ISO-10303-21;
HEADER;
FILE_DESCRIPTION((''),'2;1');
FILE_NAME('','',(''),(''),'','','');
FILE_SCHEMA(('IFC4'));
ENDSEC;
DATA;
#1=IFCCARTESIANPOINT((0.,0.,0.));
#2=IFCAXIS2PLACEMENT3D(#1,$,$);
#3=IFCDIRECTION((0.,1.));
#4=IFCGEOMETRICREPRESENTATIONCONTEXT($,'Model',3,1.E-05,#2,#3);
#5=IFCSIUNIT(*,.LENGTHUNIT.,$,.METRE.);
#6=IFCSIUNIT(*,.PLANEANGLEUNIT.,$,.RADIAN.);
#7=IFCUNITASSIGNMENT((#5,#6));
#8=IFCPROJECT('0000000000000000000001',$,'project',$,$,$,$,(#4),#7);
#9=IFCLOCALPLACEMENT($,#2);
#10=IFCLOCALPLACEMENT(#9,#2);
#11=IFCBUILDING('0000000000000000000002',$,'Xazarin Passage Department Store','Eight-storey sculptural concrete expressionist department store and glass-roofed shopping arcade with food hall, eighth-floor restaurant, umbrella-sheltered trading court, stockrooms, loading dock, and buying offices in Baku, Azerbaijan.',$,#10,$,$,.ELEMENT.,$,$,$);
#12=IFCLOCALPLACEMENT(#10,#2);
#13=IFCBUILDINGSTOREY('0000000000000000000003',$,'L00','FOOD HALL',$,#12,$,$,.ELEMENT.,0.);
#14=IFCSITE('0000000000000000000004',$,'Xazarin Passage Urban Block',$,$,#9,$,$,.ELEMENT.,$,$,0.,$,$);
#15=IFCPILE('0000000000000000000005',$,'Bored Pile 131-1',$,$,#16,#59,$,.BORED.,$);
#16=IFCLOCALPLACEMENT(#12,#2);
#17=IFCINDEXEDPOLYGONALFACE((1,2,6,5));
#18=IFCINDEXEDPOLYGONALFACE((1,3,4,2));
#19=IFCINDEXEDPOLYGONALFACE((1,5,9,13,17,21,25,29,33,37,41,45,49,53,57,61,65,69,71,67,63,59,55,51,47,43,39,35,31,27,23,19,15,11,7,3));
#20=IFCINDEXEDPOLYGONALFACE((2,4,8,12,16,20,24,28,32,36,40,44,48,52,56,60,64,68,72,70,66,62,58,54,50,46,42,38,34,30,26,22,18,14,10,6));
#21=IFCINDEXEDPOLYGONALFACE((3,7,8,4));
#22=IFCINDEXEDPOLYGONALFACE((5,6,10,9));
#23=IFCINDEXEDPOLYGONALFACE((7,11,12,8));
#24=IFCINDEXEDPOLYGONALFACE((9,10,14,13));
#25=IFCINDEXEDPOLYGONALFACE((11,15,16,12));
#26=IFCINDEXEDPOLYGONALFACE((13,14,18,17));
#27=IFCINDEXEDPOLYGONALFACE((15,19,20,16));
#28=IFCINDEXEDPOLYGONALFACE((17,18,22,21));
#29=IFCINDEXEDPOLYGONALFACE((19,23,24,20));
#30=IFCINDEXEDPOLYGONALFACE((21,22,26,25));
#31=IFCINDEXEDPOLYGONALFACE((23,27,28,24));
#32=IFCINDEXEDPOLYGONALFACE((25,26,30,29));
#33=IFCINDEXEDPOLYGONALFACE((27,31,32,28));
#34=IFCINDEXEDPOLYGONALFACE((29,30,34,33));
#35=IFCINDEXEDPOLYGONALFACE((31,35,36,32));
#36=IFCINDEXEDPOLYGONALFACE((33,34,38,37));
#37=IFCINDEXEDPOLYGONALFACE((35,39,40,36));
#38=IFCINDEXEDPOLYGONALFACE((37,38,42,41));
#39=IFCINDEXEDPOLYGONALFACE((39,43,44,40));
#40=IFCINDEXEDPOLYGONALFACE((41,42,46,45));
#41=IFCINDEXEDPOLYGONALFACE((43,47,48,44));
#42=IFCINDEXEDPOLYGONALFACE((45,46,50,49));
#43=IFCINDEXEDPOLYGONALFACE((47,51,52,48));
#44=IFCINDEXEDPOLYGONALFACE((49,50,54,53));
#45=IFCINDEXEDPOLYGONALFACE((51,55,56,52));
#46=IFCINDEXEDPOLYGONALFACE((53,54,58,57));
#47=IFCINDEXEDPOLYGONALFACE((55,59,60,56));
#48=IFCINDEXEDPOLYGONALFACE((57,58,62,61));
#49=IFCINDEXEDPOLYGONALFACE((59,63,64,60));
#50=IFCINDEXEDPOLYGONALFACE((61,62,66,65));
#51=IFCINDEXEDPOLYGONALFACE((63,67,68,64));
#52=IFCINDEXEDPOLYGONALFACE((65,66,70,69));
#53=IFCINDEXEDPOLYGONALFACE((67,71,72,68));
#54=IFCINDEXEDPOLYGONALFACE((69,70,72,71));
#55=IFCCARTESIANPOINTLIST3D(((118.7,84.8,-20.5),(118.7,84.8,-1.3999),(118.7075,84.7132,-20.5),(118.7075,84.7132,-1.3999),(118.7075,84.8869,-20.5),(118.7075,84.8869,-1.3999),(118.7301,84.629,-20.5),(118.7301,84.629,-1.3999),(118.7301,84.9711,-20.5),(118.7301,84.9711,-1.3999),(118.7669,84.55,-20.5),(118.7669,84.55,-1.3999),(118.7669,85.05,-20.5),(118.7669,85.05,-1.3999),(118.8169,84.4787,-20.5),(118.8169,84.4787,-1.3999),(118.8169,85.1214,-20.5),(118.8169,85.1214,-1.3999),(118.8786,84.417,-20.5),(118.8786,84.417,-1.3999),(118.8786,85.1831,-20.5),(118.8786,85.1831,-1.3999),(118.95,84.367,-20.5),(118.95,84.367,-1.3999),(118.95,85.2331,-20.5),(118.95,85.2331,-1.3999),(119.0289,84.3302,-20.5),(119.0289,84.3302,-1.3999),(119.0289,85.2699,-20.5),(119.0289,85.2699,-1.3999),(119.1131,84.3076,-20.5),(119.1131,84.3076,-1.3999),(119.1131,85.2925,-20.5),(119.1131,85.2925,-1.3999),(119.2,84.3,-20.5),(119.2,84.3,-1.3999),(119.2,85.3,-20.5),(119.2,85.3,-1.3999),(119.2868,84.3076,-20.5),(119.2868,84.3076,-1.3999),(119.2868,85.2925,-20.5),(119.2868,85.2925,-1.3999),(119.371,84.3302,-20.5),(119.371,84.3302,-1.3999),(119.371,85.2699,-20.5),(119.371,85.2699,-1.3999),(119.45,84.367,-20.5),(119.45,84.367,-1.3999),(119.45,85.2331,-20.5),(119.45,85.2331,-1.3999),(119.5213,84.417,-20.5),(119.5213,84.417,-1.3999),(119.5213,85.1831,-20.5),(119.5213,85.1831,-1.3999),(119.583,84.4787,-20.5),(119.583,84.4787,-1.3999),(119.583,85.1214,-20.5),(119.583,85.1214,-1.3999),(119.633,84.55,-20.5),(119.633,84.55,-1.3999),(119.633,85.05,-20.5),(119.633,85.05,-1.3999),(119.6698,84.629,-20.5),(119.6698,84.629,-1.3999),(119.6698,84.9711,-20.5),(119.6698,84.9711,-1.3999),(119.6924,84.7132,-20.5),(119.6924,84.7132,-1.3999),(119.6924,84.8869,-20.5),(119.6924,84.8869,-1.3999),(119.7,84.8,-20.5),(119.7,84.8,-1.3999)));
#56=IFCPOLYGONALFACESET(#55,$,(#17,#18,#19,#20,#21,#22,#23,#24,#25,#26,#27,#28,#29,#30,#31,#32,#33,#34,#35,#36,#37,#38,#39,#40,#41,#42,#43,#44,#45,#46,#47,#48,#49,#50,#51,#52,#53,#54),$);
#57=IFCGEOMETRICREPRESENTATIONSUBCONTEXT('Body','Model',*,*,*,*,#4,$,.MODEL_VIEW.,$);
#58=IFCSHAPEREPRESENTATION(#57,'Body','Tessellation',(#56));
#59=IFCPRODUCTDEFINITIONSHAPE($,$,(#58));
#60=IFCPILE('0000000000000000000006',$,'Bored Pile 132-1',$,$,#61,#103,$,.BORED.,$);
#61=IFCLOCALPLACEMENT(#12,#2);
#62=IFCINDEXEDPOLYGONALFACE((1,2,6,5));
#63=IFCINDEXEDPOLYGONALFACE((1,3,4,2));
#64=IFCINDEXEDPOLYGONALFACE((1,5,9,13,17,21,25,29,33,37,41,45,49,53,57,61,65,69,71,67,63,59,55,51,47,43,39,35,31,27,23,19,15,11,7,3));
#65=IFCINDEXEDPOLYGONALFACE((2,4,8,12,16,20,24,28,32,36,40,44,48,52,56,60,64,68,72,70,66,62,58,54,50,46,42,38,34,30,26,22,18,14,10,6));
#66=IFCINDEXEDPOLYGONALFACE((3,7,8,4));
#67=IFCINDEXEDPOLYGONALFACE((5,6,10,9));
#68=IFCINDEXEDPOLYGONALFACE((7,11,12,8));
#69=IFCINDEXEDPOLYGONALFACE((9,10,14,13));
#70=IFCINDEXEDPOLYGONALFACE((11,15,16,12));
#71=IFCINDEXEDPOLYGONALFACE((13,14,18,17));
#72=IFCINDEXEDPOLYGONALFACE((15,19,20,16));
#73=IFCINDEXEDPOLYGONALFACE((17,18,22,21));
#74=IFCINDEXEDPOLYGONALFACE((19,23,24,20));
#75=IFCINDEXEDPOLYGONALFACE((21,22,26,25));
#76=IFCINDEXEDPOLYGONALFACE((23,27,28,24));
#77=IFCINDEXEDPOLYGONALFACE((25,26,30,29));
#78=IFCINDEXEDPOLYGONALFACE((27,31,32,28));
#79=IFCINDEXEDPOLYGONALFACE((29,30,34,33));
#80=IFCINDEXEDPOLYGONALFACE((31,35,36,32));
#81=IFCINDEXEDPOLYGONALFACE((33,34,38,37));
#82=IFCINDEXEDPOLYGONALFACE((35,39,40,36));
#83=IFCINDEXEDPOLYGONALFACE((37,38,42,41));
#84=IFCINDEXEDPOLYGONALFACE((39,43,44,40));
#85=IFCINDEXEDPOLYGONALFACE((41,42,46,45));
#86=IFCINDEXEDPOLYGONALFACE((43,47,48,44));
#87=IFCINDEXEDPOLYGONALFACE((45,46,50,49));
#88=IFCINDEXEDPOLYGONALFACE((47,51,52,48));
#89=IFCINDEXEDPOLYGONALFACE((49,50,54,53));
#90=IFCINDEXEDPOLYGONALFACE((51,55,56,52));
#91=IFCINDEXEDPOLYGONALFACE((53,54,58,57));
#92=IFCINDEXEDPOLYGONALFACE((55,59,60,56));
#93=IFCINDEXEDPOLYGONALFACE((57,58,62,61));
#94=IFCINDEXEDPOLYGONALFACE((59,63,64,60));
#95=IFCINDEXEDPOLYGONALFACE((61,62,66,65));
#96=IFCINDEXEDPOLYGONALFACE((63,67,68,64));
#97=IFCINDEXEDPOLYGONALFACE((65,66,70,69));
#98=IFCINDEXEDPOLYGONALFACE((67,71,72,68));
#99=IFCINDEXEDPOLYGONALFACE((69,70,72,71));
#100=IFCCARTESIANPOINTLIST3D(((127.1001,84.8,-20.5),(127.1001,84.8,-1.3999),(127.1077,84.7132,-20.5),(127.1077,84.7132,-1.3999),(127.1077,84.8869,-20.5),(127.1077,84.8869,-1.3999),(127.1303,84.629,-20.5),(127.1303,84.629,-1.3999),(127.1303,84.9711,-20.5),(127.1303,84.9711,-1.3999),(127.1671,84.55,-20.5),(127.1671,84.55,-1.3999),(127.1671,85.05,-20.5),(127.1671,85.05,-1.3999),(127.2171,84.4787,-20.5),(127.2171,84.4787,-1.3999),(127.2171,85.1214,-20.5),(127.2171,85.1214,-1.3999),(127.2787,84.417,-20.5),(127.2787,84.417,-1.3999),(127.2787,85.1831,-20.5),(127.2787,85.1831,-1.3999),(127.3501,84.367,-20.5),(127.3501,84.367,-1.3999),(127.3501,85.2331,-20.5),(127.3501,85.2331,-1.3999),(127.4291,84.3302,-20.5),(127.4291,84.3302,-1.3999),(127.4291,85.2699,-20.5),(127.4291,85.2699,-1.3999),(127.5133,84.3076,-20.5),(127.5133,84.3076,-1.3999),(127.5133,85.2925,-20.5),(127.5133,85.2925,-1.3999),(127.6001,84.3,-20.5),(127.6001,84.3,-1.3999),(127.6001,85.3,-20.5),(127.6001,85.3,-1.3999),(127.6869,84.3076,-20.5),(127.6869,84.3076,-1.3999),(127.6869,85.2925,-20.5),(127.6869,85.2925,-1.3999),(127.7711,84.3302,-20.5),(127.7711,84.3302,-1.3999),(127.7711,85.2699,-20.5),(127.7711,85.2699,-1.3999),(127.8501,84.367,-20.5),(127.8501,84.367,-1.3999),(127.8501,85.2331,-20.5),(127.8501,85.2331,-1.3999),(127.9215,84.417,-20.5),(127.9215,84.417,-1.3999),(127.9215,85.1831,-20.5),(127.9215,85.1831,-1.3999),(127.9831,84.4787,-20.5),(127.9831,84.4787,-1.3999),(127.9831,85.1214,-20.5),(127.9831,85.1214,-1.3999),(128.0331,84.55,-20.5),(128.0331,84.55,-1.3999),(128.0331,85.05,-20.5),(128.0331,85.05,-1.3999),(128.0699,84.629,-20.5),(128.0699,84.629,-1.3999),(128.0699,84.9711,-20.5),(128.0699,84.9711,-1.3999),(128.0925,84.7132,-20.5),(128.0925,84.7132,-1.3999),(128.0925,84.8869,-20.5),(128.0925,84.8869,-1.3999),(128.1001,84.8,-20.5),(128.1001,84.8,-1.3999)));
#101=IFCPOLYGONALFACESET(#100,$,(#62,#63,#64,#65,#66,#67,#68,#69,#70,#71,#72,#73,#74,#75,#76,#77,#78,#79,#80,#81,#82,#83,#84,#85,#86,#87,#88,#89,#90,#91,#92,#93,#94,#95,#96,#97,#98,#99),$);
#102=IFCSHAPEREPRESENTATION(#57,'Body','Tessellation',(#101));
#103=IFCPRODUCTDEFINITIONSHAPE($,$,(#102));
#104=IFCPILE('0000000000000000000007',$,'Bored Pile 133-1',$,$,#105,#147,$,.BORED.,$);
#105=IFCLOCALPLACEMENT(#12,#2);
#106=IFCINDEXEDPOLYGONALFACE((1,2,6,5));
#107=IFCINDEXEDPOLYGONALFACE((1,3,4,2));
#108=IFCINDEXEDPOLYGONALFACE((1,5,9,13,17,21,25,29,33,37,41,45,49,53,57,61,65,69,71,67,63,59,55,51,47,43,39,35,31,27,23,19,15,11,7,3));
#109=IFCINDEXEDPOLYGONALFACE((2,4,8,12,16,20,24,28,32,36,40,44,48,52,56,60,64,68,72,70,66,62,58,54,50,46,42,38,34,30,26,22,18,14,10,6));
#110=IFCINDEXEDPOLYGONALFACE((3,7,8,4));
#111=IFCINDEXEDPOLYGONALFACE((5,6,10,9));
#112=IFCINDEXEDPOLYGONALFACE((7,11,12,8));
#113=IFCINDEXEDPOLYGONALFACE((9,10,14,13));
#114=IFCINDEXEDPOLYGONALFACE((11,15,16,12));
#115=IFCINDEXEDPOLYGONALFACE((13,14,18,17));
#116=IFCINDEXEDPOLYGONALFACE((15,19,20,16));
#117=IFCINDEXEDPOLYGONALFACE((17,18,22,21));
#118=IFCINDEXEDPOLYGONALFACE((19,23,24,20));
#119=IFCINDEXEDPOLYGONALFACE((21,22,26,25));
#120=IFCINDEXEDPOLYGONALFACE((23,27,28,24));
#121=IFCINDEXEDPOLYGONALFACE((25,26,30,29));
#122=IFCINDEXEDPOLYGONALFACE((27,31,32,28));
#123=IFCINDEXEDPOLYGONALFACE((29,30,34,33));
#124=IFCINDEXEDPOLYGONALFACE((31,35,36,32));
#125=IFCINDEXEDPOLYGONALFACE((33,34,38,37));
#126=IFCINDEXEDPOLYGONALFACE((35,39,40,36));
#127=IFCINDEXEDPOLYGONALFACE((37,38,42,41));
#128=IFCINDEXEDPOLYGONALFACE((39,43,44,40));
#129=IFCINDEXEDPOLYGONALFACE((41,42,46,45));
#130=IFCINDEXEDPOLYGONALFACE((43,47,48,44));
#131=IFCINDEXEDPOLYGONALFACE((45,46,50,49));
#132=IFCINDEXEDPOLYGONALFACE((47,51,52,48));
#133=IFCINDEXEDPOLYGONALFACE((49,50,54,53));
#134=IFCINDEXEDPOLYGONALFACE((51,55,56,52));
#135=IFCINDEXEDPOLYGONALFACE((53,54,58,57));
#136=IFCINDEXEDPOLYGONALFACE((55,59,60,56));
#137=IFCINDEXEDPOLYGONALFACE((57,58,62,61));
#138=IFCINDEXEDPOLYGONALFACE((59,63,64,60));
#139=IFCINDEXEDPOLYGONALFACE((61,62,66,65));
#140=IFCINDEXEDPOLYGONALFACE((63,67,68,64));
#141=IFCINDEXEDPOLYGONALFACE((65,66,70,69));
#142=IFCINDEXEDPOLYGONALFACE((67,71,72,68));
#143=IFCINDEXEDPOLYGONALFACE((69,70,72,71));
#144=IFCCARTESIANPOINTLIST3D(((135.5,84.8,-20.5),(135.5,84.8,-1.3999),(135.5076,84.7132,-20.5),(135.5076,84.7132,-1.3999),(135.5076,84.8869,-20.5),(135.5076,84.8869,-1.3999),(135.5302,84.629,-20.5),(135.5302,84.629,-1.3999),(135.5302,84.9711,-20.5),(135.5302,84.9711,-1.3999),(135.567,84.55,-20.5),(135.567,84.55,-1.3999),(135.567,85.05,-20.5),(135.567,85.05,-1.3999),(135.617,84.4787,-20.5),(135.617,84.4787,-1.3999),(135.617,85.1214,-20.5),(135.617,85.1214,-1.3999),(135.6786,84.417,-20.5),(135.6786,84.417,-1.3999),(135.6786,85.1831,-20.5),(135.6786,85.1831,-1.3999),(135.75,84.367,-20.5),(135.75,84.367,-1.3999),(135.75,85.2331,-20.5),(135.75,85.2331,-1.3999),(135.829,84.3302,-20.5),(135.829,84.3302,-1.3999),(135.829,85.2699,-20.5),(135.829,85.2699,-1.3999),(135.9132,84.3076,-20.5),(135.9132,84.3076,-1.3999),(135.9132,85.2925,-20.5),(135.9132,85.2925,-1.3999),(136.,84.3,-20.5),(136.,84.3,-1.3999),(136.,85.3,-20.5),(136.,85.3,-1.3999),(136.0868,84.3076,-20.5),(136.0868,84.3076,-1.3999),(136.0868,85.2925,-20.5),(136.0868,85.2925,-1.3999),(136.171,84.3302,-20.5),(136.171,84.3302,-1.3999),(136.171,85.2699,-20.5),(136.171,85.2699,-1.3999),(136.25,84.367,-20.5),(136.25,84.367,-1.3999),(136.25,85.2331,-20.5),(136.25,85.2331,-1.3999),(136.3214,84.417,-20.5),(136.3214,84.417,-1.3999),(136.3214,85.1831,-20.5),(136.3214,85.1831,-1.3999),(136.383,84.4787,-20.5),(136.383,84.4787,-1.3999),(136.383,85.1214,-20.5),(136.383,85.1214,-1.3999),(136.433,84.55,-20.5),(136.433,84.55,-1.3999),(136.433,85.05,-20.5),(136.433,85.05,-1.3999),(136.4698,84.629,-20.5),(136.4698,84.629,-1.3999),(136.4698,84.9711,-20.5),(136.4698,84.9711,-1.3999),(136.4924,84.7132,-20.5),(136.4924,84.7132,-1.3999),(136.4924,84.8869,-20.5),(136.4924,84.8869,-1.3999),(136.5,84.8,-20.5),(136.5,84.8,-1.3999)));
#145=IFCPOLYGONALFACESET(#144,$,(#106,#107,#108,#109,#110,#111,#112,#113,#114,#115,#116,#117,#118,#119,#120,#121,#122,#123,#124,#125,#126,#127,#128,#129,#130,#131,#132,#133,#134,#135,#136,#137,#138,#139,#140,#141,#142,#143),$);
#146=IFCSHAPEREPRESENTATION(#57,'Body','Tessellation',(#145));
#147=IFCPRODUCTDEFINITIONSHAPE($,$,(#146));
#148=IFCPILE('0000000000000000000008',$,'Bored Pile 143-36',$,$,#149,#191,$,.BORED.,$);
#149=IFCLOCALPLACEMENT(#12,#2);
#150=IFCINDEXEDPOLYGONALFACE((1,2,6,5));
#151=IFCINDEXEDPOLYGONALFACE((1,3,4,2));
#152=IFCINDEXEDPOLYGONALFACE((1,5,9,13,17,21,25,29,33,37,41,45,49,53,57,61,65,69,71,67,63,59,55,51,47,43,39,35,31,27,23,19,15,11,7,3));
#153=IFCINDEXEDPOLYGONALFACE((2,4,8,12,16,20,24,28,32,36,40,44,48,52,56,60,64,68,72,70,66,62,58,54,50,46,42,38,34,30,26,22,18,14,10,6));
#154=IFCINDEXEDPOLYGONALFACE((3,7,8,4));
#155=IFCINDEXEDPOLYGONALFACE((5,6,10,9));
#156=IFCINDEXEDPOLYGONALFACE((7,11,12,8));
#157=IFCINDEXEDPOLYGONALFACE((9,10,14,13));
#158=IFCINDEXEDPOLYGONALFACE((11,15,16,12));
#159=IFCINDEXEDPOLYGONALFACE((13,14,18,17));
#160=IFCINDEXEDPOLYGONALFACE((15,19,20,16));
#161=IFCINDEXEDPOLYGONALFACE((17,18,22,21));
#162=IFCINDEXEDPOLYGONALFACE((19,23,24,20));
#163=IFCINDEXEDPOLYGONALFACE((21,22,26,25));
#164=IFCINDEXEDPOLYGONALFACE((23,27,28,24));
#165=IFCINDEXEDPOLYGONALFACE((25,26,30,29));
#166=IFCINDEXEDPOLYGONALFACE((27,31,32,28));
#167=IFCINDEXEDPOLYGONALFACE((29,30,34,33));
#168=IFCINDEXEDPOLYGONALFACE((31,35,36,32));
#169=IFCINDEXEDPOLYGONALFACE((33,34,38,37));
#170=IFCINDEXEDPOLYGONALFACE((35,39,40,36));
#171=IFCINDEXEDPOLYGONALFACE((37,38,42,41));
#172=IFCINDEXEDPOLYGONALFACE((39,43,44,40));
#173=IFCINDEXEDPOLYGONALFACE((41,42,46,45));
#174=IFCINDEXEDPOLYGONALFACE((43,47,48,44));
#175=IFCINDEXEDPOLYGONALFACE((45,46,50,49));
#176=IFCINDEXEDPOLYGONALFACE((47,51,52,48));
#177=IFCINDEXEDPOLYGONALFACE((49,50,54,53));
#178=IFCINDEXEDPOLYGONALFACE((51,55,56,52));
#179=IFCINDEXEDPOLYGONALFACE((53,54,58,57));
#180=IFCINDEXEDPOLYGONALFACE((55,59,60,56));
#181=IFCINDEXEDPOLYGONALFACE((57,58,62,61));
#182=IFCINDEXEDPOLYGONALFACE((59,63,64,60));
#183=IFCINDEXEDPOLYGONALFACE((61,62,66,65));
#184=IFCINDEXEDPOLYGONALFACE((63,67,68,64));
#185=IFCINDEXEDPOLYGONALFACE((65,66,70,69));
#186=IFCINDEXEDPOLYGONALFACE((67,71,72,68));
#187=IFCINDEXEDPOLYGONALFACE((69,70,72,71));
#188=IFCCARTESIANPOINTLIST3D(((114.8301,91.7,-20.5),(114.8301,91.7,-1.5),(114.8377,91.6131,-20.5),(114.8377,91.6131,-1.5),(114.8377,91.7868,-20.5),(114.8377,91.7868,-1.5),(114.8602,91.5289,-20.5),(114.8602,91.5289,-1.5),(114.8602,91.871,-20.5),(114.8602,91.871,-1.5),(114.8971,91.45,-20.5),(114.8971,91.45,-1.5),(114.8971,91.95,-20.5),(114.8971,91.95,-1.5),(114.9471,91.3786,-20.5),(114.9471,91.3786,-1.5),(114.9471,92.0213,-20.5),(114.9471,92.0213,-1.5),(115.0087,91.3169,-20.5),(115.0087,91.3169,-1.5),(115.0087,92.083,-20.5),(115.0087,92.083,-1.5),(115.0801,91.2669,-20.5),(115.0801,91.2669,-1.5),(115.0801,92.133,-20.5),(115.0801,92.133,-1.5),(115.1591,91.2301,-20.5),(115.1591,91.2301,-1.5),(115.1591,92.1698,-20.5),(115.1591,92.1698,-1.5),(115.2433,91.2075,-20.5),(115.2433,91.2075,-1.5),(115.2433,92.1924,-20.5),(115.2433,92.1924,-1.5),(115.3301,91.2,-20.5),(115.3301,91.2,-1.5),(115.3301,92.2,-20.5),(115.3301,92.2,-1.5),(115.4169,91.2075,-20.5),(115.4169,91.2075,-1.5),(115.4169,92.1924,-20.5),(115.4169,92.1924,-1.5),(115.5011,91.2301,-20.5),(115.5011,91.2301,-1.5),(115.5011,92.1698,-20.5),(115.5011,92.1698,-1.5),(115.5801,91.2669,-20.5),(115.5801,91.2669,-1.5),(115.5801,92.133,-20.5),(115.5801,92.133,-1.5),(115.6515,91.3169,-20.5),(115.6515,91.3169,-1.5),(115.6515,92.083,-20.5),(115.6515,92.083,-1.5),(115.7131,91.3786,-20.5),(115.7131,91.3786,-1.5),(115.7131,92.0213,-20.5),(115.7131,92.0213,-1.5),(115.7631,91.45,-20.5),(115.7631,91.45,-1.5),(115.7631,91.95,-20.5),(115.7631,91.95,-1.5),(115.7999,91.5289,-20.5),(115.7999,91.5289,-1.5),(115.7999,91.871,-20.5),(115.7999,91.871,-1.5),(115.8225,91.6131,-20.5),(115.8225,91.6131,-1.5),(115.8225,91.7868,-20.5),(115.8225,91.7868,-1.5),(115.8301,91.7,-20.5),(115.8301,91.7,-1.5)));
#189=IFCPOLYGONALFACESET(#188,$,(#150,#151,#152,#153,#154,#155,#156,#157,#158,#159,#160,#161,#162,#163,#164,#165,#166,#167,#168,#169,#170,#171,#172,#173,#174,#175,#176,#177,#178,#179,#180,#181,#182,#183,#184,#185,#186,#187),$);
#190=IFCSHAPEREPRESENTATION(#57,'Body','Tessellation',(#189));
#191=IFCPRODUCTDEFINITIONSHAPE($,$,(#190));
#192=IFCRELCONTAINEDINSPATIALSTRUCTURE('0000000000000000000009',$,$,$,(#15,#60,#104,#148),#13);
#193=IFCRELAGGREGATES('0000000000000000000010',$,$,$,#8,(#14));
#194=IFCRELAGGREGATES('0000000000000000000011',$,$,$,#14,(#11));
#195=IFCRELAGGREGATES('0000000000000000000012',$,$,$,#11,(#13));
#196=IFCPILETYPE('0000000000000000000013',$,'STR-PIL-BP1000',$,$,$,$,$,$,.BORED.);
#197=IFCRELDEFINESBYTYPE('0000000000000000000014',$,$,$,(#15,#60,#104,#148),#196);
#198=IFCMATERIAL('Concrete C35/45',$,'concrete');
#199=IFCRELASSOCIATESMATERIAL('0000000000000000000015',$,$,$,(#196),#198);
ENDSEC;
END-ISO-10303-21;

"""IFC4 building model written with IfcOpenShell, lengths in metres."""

from ifc_helpers import new_model, si_unit, direction, frame, origin, origin_2d, place, context, subcontext, project, spatial, circle, extrude, material, material_profile, profile_set, type_object, element, save


model = new_model("IFC4")

# Units and contexts
model_context = context("Model", 3, precision=1e-05, world=origin(), true_north=direction((0.0, 1.0)))
body_context = subcontext(model_context, "Body", "Model", "MODEL_VIEW")
ifc_project = project(units=[si_unit("LENGTHUNIT", "METRE"), si_unit("PLANEANGLEUNIT", "RADIAN")], contexts=[model_context])

# Site, building, storey
site_placement = place(None, origin())
site = spatial("IfcSite", under=ifc_project, at=site_placement, Name="Xazarin Passage Urban Block", CompositionType="ELEMENT", RefElevation=0.0)
building_placement = place(site_placement, origin())
building = spatial("IfcBuilding", under=site, at=building_placement, Name="Xazarin Passage Department Store", Description="Eight-storey sculptural concrete expressionist department store and glass-roofed shopping arcade with food hall, eighth-floor restaurant, umbrella-sheltered trading court, stockrooms, loading dock, and buying offices in Baku, Azerbaijan.", CompositionType="ELEMENT")
storey_placement = place(building_placement, origin())
storey = spatial("IfcBuildingStorey", under=building, at=storey_placement, Name="L00", Description="FOOD HALL", CompositionType="ELEMENT", Elevation=0.0)

# Shared definitions
ifc_material_1 = material(Name="Concrete C35/45", Category="concrete")

# Piles
ifc_material_profile_1 = material_profile(ifc_material_1, circle(Radius=0.5, at=origin_2d()), Name="BP 1000")
ifc_profile_set_1 = profile_set([ifc_material_profile_1], Name="Concrete C35/45")
pile_type = type_object("IfcPileType", Name="STR-PIL-BP1000", PredefinedType="BORED", material=ifc_profile_set_1)
for number, where, z_axis, x_axis, name in (
    (1, (119.2, 84.8, -1.3999), (0.0, 0.0, -1.0), (1.0, 0.0, 0.0), "Bored Pile 131-1"),
    (2, (127.6001, 84.8, -1.3999), (0.0, 0.0, -1.0), (1.0, 0.0, 0.0), "Bored Pile 132-1"),
    (3, (136.0, 84.8, -1.3999), (0.0, 0.0, -1.0), (1.0, 0.0, 0.0), "Bored Pile 133-1"),
):
    element("IfcPile", number, at=place(storey_placement, frame(where, z_axis=z_axis, x_axis=x_axis)), inside=storey, type_object=pile_type, Name=name, PredefinedType="BORED", context=body_context, shape_type="SweptSolid", body=[
        extrude(circle(Radius=0.5, at=origin_2d()), origin(), (0.0, 0.0, 1.0), 19.1001),
    ])
for number, where, z_axis, x_axis, name in (
    (4, (115.3301, 91.7, -1.5), (0.0, 0.0, -1.0), (1.0, 0.0, 0.0), "Bored Pile 143-36"),
):
    element("IfcPile", number, at=place(storey_placement, frame(where, z_axis=z_axis, x_axis=x_axis)), inside=storey, type_object=pile_type, Name=name, PredefinedType="BORED", context=body_context, shape_type="SweptSolid", body=[
        extrude(circle(Radius=0.5, at=origin_2d()), origin(), (0.0, 0.0, 1.0), 19.0),
    ])

save(model, "model.ifc")
